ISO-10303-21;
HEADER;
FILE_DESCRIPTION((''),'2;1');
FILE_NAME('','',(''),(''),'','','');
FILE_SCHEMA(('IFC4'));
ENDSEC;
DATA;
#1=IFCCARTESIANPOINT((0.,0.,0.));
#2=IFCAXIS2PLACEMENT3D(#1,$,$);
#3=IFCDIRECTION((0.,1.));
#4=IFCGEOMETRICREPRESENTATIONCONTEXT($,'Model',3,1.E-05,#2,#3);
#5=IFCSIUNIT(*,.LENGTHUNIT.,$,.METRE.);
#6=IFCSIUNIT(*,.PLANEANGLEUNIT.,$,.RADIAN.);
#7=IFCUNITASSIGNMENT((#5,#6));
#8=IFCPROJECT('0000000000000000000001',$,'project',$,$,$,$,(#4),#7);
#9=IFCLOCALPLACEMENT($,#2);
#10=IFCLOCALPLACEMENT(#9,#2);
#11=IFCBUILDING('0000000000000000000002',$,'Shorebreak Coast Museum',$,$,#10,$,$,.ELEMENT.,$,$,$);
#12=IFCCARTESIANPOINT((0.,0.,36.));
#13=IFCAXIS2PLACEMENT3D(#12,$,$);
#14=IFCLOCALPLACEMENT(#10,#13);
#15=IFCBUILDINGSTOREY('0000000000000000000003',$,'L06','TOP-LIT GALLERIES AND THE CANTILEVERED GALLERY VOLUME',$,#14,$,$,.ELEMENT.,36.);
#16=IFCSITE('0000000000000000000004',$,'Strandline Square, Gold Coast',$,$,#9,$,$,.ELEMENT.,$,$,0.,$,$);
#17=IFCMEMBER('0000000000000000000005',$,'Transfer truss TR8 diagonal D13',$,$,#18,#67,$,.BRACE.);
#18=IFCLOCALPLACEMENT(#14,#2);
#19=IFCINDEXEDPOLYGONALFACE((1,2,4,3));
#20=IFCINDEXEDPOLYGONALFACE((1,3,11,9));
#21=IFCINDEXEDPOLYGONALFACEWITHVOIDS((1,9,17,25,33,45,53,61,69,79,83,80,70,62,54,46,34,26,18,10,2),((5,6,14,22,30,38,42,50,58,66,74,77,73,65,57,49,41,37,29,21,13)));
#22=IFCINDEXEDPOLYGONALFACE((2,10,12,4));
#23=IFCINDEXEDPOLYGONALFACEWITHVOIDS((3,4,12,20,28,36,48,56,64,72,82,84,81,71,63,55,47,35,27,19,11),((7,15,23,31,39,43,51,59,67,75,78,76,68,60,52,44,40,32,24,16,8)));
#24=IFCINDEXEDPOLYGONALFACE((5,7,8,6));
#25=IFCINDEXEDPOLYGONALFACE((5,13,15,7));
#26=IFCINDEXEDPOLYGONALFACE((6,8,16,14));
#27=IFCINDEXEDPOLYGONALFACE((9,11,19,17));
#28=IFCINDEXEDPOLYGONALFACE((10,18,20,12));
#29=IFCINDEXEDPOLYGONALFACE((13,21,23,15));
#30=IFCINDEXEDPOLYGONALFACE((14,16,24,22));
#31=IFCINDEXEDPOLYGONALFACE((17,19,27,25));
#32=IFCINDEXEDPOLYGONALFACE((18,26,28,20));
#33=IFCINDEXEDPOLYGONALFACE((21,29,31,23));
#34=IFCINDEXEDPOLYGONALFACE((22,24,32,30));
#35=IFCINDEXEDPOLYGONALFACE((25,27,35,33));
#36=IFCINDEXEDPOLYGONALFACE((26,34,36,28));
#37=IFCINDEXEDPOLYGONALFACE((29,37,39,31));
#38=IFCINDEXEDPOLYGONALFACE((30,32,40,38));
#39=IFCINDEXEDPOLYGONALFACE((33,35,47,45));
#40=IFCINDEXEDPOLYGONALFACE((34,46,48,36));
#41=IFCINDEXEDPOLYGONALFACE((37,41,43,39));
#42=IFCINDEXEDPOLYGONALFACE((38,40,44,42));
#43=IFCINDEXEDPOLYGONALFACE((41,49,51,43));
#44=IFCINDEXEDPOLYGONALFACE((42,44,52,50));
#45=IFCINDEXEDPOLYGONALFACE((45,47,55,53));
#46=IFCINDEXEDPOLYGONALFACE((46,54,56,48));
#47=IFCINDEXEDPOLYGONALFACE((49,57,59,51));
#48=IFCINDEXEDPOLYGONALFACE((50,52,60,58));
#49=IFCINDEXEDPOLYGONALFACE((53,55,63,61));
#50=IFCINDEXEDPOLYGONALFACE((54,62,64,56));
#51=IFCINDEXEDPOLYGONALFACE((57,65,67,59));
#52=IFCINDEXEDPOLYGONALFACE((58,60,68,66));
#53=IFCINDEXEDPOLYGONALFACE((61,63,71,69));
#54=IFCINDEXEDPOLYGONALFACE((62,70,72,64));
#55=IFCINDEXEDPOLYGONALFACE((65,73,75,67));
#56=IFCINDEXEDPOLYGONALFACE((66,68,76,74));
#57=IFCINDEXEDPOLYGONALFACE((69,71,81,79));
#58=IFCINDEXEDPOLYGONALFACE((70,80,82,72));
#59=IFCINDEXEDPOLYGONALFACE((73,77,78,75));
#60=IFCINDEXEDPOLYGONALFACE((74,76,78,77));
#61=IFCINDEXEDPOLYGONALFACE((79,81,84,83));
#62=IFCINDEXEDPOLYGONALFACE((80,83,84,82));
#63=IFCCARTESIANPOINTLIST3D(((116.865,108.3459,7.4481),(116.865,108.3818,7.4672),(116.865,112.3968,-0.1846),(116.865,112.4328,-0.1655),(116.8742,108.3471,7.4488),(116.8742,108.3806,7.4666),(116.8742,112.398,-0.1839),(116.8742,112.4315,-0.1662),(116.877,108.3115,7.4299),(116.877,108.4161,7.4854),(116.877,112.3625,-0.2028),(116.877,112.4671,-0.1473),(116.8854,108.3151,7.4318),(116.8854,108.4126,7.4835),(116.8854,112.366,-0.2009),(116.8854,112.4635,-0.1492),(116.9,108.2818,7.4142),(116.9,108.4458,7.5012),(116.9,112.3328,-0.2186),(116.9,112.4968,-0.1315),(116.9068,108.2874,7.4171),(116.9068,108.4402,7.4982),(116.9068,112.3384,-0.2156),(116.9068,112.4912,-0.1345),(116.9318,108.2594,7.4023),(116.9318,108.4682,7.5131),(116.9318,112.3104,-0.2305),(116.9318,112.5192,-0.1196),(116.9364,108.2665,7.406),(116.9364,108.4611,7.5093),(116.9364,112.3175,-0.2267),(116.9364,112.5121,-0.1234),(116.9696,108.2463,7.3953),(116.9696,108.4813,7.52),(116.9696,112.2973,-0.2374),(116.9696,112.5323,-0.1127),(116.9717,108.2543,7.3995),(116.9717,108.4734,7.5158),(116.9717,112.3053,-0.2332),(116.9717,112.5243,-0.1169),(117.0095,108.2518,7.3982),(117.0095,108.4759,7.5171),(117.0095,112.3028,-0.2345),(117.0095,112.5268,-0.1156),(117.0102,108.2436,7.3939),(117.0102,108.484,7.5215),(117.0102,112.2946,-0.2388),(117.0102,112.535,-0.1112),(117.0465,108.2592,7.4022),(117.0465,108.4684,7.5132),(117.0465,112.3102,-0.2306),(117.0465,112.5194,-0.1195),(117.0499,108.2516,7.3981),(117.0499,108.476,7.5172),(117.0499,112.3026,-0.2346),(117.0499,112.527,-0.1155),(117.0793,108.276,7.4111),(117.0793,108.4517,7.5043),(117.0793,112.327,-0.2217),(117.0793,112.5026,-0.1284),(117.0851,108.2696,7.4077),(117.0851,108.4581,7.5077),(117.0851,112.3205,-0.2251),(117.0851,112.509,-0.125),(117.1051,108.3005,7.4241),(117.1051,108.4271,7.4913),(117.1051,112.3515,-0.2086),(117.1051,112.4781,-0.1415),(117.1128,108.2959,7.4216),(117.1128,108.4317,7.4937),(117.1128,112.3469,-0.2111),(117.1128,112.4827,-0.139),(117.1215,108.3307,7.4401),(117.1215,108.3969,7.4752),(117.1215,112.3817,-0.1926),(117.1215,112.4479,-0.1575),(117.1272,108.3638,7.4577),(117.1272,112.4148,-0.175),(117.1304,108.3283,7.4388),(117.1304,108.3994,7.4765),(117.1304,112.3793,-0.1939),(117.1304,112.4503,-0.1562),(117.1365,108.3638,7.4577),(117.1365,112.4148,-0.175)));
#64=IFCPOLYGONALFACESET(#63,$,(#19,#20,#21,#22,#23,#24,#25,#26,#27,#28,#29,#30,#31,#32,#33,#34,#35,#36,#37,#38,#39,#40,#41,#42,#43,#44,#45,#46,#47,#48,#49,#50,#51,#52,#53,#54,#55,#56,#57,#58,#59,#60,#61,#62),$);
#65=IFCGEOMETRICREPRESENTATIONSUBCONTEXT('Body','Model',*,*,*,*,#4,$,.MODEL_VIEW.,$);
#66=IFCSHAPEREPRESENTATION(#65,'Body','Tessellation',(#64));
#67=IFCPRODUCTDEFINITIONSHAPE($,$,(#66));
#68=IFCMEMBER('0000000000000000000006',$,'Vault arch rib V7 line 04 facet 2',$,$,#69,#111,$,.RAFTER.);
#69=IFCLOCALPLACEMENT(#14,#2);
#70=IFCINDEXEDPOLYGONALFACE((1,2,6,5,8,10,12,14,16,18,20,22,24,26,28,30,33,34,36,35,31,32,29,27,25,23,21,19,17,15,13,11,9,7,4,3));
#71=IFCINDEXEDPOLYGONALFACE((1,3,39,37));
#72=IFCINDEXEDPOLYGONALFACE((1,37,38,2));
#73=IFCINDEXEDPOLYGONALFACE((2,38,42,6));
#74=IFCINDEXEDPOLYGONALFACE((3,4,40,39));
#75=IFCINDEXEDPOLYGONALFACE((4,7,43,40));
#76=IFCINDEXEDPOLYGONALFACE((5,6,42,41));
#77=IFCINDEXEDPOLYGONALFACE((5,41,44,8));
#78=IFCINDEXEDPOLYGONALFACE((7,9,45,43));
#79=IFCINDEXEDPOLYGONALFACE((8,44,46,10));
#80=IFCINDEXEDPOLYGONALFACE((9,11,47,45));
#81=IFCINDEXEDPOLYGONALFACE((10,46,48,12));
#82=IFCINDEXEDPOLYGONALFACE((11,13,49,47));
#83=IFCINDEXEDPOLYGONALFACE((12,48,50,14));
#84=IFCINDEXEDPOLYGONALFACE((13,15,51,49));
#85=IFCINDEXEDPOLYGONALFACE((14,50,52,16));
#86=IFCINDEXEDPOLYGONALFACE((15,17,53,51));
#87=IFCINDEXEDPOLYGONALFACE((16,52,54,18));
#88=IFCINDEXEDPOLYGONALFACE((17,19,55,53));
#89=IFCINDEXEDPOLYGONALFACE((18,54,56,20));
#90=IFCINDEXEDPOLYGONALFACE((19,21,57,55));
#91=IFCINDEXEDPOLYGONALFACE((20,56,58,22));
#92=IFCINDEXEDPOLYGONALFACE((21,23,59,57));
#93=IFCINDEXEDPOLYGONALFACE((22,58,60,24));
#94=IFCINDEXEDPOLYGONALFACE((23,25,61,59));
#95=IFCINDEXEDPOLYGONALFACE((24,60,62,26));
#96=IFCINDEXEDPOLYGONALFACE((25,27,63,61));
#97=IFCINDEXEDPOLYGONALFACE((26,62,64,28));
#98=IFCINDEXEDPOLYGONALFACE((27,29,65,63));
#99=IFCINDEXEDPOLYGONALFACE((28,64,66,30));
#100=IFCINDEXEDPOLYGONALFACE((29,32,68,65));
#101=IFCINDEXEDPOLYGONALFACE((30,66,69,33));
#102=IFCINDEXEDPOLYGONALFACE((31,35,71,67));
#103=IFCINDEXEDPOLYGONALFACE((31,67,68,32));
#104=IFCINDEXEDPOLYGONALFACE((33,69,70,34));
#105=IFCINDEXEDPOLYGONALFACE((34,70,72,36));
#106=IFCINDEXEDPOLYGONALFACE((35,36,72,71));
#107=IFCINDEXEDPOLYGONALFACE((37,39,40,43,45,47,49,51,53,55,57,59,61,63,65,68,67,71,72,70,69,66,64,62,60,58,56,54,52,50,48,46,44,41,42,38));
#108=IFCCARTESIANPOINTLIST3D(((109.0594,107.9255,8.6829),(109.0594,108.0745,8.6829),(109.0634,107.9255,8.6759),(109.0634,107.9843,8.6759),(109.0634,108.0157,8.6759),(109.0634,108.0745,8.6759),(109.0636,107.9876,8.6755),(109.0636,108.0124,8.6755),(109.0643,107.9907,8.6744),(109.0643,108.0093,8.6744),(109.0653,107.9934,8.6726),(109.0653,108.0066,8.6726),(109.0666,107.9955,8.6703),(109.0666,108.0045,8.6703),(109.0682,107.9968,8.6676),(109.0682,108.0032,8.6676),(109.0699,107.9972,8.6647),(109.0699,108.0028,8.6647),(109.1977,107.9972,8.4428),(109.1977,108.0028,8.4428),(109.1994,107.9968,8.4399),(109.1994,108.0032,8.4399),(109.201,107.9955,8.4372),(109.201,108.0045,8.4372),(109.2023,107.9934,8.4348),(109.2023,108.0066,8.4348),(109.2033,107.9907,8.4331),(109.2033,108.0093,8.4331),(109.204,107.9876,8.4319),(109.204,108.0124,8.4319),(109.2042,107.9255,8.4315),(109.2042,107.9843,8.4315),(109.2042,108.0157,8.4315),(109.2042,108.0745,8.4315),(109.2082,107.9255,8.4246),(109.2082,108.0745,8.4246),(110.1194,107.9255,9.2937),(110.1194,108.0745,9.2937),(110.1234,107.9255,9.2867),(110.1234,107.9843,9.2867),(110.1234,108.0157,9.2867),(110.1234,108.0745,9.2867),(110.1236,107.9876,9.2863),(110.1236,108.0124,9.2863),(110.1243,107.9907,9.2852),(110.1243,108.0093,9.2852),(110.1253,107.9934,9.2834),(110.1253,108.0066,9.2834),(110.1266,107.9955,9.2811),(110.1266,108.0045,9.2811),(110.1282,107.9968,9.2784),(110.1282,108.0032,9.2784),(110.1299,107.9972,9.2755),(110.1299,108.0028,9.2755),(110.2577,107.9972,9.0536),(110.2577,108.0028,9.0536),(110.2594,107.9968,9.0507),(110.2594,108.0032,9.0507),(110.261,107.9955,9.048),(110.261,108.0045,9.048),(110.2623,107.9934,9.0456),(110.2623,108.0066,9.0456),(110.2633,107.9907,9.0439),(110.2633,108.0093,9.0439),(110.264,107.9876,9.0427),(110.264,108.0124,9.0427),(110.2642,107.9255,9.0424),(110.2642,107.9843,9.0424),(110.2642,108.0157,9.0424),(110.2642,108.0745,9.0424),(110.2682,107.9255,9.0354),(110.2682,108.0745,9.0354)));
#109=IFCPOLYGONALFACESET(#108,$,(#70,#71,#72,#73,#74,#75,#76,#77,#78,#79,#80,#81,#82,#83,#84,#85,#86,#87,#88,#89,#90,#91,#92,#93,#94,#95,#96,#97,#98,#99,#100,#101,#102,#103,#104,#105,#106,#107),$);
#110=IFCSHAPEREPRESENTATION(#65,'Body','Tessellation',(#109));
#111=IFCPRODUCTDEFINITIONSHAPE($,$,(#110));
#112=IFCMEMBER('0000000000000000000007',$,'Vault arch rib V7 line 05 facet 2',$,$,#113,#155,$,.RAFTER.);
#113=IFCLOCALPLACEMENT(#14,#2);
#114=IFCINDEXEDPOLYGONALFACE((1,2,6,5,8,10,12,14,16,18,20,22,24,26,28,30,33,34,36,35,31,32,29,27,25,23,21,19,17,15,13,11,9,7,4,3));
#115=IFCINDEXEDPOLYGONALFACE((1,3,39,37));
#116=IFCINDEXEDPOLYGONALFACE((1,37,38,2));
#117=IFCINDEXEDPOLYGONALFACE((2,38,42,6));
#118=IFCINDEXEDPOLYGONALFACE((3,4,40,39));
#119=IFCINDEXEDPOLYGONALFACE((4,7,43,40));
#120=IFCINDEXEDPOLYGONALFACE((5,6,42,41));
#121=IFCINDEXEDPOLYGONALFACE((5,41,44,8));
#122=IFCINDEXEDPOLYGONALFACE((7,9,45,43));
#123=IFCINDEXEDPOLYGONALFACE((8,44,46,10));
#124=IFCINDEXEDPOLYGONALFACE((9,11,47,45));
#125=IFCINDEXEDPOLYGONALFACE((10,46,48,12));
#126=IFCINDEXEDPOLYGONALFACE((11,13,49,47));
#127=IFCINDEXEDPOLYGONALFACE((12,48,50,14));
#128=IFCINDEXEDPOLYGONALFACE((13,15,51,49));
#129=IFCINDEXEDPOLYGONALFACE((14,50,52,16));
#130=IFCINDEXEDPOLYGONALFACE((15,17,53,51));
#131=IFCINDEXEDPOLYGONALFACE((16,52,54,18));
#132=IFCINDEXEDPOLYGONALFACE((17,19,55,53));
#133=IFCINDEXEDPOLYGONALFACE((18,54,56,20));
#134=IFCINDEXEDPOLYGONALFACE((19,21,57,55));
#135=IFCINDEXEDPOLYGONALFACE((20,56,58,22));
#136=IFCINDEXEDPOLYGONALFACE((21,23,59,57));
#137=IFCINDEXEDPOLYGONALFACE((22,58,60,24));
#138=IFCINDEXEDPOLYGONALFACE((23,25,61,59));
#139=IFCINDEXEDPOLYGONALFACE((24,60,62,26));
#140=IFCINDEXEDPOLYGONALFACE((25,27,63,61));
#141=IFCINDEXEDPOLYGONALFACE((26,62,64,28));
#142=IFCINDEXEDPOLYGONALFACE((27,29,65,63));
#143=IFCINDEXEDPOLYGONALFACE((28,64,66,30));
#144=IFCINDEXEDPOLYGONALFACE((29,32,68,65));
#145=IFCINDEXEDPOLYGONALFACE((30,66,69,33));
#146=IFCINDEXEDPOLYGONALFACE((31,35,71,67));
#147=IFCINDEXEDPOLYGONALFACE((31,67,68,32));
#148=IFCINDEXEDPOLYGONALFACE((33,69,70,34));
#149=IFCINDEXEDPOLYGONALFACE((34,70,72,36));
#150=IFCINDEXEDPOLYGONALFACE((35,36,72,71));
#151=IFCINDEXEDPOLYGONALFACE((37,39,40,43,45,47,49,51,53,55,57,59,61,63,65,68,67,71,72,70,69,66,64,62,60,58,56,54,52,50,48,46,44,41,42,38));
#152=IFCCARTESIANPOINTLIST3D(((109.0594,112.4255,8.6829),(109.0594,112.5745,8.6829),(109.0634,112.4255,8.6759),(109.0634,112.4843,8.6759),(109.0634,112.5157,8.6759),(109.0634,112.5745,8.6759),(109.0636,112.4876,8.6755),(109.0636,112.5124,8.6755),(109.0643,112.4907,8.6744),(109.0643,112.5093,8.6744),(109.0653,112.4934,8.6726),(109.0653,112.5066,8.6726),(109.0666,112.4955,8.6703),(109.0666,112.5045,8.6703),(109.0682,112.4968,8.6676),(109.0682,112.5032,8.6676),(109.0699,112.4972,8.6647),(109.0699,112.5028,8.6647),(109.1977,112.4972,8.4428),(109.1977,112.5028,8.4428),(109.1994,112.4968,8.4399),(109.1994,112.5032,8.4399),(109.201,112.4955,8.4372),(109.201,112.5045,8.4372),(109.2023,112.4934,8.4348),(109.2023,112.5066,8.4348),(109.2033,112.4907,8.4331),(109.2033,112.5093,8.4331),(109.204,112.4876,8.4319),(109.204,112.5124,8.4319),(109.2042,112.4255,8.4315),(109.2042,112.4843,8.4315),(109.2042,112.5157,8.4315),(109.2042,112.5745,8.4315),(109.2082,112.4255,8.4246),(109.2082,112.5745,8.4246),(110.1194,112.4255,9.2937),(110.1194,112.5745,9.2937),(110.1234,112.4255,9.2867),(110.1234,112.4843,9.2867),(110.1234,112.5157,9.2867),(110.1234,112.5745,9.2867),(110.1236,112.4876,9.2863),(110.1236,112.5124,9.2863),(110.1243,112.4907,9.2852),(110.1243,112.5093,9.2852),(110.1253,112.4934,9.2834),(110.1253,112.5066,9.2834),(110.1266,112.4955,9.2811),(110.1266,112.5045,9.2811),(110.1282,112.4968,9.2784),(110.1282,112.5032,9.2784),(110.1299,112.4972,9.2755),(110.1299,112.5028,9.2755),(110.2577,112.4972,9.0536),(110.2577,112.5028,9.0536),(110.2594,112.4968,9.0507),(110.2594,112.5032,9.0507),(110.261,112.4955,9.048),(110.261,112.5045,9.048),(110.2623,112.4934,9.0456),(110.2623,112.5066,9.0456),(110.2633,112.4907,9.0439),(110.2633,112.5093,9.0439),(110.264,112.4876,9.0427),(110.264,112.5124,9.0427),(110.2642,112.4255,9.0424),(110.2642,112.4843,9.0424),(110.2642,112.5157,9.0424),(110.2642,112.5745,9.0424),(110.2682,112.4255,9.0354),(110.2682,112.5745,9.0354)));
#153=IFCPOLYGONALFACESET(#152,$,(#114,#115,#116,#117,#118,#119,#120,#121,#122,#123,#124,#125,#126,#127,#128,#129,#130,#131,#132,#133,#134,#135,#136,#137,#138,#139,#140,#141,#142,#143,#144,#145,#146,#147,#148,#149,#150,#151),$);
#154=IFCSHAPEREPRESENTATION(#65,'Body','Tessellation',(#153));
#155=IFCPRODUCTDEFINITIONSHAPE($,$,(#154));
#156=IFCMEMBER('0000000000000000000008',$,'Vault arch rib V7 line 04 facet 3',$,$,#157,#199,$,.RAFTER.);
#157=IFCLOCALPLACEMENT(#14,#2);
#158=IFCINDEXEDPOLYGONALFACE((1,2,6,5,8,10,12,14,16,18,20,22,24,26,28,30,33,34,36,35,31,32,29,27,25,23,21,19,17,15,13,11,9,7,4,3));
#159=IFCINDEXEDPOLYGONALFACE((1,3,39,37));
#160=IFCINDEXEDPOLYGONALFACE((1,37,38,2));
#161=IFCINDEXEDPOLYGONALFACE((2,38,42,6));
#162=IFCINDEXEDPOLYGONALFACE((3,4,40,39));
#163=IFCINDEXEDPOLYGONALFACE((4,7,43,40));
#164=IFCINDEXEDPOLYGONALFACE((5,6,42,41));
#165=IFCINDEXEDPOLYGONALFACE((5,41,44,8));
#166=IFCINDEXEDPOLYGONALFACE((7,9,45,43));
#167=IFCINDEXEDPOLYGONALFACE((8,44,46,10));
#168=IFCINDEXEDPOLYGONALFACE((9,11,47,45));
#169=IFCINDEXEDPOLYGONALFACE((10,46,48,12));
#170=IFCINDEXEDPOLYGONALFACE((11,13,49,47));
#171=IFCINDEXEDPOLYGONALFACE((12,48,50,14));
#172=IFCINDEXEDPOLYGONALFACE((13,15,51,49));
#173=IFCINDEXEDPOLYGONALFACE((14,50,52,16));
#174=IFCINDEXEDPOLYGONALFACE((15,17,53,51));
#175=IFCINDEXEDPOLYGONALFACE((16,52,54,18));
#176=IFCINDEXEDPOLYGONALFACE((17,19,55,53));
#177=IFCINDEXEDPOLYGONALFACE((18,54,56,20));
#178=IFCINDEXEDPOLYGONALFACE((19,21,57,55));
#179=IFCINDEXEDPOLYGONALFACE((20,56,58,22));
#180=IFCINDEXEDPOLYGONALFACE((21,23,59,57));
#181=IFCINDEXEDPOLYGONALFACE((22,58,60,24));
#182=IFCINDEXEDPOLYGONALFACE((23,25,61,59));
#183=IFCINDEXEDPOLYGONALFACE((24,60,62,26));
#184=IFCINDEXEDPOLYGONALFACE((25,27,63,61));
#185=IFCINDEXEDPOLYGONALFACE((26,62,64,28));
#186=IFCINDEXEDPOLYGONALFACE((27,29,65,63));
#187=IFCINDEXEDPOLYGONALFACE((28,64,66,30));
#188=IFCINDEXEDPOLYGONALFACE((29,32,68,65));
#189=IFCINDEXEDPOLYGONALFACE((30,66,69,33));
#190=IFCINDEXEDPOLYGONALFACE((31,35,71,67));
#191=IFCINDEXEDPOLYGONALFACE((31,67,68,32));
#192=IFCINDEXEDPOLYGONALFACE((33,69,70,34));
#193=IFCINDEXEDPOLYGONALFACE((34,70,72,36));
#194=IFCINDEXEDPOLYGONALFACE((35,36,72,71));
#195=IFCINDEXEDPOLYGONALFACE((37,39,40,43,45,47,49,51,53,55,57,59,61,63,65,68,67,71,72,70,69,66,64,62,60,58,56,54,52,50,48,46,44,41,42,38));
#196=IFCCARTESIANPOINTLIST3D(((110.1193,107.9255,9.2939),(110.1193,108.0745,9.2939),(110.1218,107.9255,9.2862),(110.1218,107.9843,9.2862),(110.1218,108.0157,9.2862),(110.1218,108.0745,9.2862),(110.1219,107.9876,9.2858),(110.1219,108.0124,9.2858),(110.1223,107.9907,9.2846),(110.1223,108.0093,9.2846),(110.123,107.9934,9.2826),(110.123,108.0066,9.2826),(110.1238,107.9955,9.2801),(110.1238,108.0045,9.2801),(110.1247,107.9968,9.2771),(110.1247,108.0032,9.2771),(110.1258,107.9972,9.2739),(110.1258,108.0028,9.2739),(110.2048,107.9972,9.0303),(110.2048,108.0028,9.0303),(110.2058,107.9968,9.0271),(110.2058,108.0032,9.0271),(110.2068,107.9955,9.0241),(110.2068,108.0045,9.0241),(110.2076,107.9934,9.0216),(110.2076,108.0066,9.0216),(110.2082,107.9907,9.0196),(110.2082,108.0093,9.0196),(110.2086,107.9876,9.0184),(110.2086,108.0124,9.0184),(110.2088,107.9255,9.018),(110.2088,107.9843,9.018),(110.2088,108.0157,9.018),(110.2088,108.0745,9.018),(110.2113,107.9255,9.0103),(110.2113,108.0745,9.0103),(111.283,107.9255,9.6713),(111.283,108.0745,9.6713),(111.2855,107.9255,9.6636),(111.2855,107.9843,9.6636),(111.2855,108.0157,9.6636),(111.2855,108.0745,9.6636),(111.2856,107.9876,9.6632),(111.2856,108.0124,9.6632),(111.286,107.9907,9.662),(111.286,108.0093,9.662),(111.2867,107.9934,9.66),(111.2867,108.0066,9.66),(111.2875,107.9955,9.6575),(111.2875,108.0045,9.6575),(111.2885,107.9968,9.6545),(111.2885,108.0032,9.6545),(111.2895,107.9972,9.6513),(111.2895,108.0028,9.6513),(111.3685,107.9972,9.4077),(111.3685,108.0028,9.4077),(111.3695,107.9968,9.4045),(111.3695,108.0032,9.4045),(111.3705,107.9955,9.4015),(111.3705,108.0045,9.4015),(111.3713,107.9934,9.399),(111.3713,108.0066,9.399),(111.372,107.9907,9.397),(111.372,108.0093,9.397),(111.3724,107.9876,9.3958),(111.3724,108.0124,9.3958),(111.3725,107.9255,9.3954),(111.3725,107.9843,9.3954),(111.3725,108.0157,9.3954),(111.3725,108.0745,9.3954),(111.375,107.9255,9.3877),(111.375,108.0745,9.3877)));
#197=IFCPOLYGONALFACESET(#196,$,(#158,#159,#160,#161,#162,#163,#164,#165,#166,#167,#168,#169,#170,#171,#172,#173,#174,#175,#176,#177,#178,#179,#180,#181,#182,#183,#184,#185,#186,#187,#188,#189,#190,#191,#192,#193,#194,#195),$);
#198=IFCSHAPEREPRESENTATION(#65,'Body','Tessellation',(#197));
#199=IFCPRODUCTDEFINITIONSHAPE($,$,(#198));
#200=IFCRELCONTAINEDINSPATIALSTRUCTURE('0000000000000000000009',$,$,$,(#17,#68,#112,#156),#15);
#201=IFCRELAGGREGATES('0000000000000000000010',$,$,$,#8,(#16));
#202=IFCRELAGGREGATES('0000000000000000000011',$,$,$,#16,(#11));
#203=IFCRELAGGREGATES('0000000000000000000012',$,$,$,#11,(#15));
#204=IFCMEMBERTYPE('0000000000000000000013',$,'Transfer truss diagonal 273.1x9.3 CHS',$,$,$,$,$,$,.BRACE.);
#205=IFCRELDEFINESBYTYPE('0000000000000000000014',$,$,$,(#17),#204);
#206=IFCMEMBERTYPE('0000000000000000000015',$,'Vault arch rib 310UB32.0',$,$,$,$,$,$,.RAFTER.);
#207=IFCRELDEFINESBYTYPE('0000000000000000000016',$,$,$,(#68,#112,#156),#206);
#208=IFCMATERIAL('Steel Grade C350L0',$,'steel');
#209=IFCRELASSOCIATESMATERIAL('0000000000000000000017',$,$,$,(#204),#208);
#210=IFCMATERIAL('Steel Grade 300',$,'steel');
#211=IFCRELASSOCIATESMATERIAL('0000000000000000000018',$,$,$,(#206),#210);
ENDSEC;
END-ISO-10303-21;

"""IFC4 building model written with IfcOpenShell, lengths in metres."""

from ifc_helpers import new_model, si_unit, direction, frame, origin, origin_2d, place, context, subcontext, project, spatial, hollow_circle, i_section, extrude, material, material_profile, profile_set, type_object, element, save


model = new_model("IFC4")

# Units and contexts
model_context = context("Model", 3, precision=1e-05, world=origin(), true_north=direction((0.0, 1.0)))
body_context = subcontext(model_context, "Body", "Model", "MODEL_VIEW")
ifc_project = project(units=[si_unit("LENGTHUNIT", "METRE"), si_unit("PLANEANGLEUNIT", "RADIAN")], contexts=[model_context])

# Site, building, storey
site_placement = place(None, origin())
site = spatial("IfcSite", under=ifc_project, at=site_placement, Name="Strandline Square, Gold Coast", CompositionType="ELEMENT", RefElevation=0.0)
building_placement = place(site_placement, origin())
building = spatial("IfcBuilding", under=site, at=building_placement, Name="Shorebreak Coast Museum", CompositionType="ELEMENT")
storey_placement = place(building_placement, frame((0.0, 0.0, 36.0)))
storey = spatial("IfcBuildingStorey", under=building, at=storey_placement, Name="L06", Description="TOP-LIT GALLERIES AND THE CANTILEVERED GALLERY VOLUME", CompositionType="ELEMENT", Elevation=36.0)

# Members
ifc_material_1 = material(Name="Steel Grade C350L0", Category="steel")
ifc_material_profile_1 = material_profile(ifc_material_1, hollow_circle(Radius=0.1365, WallThickness=0.0093, at=origin_2d()), Name="273.1x9.3 CHS")
ifc_profile_set_1 = profile_set([ifc_material_profile_1], Name="Steel Grade C350L0")
member_type_1 = type_object("IfcMemberType", Name="Transfer truss diagonal 273.1x9.3 CHS", PredefinedType="BRACE", material=ifc_profile_set_1)
member_1_placement = place(storey_placement, frame((117.0, 112.4148, -0.175), z_axis=(0.0, -0.468803, 0.883303), x_axis=(1.0, 0.0, 0.0)))
element("IfcMember", 1, at=member_1_placement, inside=storey, type_object=member_type_1, Name="Transfer truss TR8 diagonal D13", PredefinedType="BRACE", context=body_context, shape_type="SweptSolid", body=[
    extrude(hollow_circle(Radius=0.1365, WallThickness=0.0093, at=origin_2d()), origin(), (0.0, 0.0, 1.0), 8.6411),
])
ifc_material_2 = material(Name="Steel Grade 300", Category="steel")
ifc_material_profile_2 = material_profile(ifc_material_2, i_section(OverallWidth=0.1489, OverallDepth=0.2981, WebThickness=0.0056, FlangeThickness=0.0081, FilletRadius=0.0129, at=origin_2d()), Name="310UB32.0")
ifc_profile_set_2 = profile_set([ifc_material_profile_2], Name="Steel Grade 300")
member_type_2 = type_object("IfcMemberType", Name="Vault arch rib 310UB32.0", PredefinedType="RAFTER", material=ifc_profile_set_2)
for number, where, z_axis, x_axis, name in (
    (2, (109.1338, 108.0, 8.5537), (0.866445, 0.0, 0.499273), (0.0, 1.0, 0.0), "Vault arch rib V7 line 04 facet 2"),
    (3, (109.1338, 112.5, 8.5537), (0.866445, 0.0, 0.499273), (0.0, 1.0, 0.0), "Vault arch rib V7 line 05 facet 2"),
    (4, (110.1653, 108.0, 9.1521), (0.951226, 0.0, 0.308495), (0.0, 1.0, 0.0), "Vault arch rib V7 line 04 facet 3"),
):
    element("IfcMember", number, at=place(storey_placement, frame(where, z_axis=z_axis, x_axis=x_axis)), inside=storey, type_object=member_type_2, Name=name, PredefinedType="RAFTER", context=body_context, shape_type="SweptSolid", body=[
        extrude(i_section(OverallWidth=0.1489, OverallDepth=0.2981, WebThickness=0.0056, FlangeThickness=0.0081, FilletRadius=0.0129, at=origin_2d()), origin(), (0.0, 0.0, 1.0), 1.2234),
    ])

save(model, "model.ifc")
